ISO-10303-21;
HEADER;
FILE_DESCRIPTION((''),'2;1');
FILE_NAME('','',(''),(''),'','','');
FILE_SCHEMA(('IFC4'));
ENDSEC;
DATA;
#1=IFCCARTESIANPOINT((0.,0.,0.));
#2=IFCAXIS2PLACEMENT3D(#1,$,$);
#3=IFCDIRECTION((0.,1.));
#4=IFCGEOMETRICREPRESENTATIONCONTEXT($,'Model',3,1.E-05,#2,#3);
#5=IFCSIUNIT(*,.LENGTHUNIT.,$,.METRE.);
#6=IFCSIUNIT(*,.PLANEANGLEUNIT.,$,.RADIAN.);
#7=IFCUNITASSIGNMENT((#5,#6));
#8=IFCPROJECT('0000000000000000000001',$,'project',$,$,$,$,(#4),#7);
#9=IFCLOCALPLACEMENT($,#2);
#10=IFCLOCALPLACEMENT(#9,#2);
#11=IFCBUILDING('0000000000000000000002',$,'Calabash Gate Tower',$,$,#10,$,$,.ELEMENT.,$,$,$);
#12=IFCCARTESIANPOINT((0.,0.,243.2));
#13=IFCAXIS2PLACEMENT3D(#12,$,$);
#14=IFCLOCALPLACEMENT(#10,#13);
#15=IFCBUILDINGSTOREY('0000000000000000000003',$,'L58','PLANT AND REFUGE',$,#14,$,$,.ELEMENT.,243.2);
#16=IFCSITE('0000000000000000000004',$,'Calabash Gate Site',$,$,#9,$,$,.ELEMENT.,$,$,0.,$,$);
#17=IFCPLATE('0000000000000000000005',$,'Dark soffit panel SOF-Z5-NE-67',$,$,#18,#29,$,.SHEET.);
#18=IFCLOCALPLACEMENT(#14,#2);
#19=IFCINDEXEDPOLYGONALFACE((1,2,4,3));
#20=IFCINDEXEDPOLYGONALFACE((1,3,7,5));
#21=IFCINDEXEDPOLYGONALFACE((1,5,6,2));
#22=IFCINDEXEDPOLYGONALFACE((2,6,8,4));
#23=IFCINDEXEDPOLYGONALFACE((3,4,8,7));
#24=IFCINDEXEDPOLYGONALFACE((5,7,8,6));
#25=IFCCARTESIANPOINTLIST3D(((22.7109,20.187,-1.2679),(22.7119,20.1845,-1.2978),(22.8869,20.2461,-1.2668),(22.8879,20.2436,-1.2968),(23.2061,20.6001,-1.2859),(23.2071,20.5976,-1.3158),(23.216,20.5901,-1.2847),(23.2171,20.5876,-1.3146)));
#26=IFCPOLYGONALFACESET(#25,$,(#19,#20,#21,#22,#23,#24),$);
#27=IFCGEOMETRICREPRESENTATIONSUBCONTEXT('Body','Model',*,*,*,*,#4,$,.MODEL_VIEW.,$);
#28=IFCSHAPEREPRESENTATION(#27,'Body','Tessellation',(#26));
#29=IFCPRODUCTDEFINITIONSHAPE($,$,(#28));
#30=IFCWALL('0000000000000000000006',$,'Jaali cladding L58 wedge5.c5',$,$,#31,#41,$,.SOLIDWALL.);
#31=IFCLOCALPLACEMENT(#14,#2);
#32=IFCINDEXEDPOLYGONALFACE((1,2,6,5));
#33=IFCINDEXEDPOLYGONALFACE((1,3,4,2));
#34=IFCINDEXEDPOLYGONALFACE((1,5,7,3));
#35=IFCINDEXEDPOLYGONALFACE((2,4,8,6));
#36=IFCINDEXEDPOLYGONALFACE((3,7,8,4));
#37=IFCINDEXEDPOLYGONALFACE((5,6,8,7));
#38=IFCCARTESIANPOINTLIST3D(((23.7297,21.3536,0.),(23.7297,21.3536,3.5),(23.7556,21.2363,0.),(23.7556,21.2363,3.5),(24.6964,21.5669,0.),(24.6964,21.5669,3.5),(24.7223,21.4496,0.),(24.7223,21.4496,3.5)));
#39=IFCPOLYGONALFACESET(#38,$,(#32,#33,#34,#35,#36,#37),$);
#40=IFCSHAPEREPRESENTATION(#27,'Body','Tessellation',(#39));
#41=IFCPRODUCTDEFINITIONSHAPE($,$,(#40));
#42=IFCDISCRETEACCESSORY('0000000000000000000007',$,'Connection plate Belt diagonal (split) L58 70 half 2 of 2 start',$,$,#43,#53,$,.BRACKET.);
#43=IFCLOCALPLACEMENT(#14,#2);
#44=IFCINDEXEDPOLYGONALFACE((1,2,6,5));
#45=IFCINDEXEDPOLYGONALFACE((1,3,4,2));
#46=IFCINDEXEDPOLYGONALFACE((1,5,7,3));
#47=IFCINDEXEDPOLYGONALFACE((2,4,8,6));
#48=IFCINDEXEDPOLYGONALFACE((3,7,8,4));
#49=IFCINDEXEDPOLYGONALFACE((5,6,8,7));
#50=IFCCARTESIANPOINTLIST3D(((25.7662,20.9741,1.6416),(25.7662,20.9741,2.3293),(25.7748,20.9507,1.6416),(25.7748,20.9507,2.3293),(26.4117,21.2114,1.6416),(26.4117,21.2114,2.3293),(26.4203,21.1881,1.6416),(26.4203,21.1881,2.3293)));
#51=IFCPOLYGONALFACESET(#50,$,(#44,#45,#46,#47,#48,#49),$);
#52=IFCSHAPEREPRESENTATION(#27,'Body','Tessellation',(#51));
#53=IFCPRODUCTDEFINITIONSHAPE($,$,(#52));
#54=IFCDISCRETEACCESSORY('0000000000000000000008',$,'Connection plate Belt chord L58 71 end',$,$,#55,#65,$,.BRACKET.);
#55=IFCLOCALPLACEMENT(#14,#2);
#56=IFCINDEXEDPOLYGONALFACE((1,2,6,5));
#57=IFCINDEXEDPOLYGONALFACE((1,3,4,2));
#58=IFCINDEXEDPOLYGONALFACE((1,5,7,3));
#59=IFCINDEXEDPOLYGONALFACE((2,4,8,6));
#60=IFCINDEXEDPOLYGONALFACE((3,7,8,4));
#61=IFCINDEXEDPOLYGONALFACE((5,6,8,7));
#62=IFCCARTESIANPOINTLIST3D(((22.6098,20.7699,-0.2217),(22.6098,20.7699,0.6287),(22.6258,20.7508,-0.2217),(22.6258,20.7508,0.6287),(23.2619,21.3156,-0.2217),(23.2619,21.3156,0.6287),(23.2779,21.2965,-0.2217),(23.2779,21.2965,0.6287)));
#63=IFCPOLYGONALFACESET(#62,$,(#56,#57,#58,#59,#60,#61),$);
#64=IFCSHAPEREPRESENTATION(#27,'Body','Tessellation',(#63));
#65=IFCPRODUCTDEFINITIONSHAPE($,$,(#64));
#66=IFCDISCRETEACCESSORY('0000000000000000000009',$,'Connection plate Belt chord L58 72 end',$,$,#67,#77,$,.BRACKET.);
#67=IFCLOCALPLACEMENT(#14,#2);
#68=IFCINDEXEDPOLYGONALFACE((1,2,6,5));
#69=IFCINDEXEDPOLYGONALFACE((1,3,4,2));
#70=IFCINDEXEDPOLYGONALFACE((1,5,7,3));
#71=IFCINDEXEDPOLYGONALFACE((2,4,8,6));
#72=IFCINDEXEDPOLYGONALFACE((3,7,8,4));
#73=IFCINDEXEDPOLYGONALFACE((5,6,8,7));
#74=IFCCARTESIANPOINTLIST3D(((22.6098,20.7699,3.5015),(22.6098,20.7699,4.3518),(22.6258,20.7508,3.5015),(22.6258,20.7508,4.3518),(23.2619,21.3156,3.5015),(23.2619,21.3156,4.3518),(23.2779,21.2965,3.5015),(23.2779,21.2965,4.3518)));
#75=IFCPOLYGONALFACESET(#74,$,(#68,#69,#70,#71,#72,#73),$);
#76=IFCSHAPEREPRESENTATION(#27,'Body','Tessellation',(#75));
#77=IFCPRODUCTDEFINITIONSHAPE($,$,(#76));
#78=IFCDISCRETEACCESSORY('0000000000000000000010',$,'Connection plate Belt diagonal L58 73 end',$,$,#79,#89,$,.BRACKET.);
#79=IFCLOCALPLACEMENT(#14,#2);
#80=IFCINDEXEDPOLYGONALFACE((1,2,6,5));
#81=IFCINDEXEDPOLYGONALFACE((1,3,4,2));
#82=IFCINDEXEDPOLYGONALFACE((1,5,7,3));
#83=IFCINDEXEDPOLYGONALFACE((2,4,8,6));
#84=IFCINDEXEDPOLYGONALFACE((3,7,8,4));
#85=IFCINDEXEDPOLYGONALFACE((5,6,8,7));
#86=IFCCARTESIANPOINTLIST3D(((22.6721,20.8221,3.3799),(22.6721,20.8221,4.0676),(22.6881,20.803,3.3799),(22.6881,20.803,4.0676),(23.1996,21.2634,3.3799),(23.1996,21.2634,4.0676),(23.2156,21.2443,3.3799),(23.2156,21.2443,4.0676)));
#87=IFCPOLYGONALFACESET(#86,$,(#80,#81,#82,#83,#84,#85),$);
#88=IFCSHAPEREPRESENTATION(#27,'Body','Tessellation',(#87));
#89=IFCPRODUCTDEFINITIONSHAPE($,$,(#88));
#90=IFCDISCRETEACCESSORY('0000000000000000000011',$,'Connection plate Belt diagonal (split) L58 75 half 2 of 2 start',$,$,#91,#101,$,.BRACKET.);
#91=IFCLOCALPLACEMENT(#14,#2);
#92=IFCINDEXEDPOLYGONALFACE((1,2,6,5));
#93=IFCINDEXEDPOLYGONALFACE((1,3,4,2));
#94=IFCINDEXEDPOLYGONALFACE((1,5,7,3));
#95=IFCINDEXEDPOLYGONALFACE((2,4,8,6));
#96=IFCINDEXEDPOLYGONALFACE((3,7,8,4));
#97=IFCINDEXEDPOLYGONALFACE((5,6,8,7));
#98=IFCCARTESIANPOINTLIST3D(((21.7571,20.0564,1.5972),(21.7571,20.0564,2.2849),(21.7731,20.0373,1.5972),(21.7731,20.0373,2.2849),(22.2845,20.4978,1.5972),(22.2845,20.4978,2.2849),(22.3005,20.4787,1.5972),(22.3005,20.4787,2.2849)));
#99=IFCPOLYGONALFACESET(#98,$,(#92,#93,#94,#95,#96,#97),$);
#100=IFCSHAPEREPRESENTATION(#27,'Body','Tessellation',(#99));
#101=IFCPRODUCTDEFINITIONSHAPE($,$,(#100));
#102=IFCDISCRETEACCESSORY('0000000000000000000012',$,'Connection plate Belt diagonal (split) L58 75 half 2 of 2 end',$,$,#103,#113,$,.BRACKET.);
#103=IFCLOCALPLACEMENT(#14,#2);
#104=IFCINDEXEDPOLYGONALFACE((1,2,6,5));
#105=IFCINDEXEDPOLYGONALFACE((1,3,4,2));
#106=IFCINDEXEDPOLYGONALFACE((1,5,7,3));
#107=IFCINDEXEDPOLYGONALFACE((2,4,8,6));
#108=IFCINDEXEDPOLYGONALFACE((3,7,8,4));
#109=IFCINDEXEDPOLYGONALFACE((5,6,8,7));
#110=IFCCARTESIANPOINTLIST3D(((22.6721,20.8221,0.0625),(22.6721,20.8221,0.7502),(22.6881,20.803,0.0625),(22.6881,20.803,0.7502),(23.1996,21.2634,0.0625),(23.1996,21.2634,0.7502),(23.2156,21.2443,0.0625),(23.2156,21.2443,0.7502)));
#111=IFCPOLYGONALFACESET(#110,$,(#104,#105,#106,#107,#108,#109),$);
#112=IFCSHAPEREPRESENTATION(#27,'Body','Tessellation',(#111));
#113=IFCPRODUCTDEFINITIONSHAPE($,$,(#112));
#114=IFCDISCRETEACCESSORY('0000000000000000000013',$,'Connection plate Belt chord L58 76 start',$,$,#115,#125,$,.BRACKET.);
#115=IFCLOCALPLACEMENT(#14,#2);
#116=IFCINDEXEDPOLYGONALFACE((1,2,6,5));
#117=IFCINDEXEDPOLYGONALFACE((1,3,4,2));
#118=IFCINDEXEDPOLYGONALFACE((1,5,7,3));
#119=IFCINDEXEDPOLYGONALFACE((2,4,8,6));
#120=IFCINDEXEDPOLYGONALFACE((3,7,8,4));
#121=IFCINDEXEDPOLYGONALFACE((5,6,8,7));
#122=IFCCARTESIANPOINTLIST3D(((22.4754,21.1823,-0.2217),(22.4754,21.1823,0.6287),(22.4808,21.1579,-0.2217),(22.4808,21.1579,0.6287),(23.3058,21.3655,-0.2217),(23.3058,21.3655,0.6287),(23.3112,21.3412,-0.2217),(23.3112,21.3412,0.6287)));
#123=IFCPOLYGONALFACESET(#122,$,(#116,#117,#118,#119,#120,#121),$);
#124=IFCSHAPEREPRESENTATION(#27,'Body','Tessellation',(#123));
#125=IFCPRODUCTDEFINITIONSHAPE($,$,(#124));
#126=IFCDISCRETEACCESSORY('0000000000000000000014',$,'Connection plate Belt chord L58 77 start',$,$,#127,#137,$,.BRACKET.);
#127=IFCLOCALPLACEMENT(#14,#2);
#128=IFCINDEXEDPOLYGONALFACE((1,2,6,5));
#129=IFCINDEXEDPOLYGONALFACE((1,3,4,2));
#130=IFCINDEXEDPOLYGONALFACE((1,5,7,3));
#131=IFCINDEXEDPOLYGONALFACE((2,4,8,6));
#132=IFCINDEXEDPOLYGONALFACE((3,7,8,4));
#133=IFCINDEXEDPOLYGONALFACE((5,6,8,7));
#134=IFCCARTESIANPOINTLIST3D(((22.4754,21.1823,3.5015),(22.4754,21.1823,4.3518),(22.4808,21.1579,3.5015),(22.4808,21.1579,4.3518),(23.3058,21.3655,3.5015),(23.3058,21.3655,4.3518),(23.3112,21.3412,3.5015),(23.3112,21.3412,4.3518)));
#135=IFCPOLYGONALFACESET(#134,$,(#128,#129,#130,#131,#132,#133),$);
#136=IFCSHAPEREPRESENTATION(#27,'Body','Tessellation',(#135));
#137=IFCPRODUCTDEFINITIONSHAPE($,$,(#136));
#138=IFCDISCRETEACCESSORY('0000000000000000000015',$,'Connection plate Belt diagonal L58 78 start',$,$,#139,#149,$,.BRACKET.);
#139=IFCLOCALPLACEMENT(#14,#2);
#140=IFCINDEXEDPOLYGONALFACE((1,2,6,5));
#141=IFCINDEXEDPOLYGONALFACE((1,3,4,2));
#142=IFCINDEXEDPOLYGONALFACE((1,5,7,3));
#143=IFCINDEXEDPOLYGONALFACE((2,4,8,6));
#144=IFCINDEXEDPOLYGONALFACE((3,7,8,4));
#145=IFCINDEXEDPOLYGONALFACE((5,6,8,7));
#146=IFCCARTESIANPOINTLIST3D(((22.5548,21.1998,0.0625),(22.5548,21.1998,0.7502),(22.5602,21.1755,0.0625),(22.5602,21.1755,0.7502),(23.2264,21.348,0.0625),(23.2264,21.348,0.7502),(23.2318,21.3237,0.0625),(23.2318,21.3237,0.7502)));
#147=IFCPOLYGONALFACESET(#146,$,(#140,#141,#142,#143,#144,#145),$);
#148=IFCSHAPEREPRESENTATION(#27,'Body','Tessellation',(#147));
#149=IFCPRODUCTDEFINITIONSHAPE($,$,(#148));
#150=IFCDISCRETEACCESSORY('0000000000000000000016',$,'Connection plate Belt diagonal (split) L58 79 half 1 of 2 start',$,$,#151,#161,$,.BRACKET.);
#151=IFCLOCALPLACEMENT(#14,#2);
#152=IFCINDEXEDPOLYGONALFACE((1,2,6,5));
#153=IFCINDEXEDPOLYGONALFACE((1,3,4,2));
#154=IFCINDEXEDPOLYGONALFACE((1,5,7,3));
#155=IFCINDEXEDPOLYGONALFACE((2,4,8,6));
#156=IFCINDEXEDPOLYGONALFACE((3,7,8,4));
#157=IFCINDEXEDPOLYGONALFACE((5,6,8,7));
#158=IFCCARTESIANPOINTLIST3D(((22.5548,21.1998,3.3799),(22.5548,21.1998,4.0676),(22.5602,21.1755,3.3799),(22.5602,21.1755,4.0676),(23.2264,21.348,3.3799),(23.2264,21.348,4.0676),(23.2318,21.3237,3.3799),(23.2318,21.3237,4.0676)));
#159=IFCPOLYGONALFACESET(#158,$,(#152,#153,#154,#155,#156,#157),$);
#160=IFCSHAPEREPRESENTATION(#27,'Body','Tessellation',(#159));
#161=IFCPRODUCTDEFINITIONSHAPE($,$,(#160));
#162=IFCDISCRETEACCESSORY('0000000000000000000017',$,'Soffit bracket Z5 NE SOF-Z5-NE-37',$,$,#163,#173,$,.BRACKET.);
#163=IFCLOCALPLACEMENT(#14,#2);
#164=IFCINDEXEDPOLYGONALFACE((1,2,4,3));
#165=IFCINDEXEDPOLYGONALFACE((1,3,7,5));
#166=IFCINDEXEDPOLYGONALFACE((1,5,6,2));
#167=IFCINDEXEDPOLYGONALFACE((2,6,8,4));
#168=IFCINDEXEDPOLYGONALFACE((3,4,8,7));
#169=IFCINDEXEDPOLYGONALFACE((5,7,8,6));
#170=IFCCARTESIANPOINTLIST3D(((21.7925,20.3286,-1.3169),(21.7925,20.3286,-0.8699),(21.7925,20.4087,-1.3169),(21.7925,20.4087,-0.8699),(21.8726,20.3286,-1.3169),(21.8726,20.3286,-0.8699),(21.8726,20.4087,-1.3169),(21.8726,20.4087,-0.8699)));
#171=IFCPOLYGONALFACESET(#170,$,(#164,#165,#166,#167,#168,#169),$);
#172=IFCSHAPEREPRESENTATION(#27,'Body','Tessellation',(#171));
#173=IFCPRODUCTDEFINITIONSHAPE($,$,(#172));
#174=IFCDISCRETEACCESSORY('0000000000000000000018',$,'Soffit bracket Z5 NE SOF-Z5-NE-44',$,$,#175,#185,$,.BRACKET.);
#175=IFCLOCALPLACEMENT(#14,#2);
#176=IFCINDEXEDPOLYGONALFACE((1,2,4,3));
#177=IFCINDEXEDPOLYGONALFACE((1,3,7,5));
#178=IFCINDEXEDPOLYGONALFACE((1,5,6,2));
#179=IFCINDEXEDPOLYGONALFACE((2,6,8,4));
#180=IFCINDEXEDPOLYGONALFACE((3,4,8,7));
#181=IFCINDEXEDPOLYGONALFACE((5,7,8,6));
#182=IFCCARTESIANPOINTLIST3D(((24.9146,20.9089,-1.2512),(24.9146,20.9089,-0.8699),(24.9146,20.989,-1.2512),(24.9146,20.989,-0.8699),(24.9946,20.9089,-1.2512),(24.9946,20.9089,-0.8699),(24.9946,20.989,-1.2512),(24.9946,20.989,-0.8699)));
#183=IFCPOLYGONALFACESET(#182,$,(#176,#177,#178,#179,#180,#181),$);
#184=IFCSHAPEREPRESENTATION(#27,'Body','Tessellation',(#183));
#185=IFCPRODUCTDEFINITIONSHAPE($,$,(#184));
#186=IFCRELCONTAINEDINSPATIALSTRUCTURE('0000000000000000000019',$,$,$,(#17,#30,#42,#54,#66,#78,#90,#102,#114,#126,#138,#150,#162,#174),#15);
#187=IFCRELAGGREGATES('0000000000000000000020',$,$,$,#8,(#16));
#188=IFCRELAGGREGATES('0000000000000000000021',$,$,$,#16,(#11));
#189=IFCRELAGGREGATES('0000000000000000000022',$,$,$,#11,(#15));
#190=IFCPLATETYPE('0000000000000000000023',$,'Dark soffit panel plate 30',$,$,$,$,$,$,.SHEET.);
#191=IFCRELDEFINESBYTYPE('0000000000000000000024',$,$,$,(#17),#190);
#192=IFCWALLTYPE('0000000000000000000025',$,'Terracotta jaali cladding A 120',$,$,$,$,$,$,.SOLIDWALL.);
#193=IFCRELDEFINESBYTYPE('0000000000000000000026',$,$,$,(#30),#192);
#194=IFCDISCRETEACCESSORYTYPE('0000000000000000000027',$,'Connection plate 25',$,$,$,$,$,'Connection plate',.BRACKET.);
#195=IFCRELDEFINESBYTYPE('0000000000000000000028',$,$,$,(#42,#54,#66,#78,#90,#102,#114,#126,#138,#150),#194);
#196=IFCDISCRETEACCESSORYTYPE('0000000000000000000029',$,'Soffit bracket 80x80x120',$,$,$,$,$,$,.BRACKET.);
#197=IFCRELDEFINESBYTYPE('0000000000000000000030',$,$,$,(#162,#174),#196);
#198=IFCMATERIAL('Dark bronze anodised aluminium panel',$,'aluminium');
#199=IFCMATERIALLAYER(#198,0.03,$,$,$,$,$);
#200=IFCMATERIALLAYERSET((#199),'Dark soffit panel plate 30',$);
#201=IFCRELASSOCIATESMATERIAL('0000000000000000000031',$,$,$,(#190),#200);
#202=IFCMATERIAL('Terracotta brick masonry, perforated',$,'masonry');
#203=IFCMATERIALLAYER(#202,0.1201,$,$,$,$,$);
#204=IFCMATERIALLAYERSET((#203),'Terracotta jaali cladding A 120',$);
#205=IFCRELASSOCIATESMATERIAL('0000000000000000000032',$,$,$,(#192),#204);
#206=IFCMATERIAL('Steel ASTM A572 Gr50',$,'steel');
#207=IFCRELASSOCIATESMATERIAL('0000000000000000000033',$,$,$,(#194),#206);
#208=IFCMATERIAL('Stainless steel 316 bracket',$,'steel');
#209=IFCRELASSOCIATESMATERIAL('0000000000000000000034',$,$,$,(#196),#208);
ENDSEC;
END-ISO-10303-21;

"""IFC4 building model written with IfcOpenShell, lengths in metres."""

from ifc_helpers import new_model, si_unit, direction, frame, frame_2d, origin, origin_2d, place, context, subcontext, project, spatial, polyline, rectangle, outline, extrude, material, layer, layer_set, type_object, element, save


model = new_model("IFC4")

# Units and contexts
model_context = context("Model", 3, precision=1e-05, world=origin(), true_north=direction((0.0, 1.0)))
body_context = subcontext(model_context, "Body", "Model", "MODEL_VIEW")
ifc_project = project(units=[si_unit("LENGTHUNIT", "METRE"), si_unit("PLANEANGLEUNIT", "RADIAN")], contexts=[model_context])

# Site, building, storey
site_placement = place(None, origin())
site = spatial("IfcSite", under=ifc_project, at=site_placement, Name="Calabash Gate Site", CompositionType="ELEMENT", RefElevation=0.0)
building_placement = place(site_placement, origin())
building = spatial("IfcBuilding", under=site, at=building_placement, Name="Calabash Gate Tower", CompositionType="ELEMENT")
storey_placement = place(building_placement, frame((0.0, 0.0, 243.2)))
storey = spatial("IfcBuildingStorey", under=building, at=storey_placement, Name="L58", Description="PLANT AND REFUGE", CompositionType="ELEMENT", Elevation=243.2)

# Plate
ifc_material_1 = material(Name="Dark bronze anodised aluminium panel", Category="aluminium")
ifc_layer_1 = layer(ifc_material_1, 0.03)
ifc_layer_set_1 = layer_set([ifc_layer_1], Name="Dark soffit panel plate 30")
plate_type_1 = type_object("IfcPlateType", Name="Dark soffit panel plate 30", PredefinedType="SHEET", material=ifc_layer_set_1)
plate_1_placement = place(storey_placement, frame((23.2061, 20.6001, -1.2859), z_axis=(-0.03397, 0.084191, 0.99587), x_axis=(0.705004, -0.70426, 0.083587)))
element("IfcPlate", 1, at=plate_1_placement, inside=storey, type_object=plate_type_1, Name="Dark soffit panel SOF-Z5-NE-67", PredefinedType="SHEET", context=body_context, shape_type="SweptSolid", body=[
    extrude(outline(polyline([(0.0, 0.0), (0.0142, 0.0), (0.0259, -0.4763), (-0.0566, -0.6426), (0.0, 0.0)])), origin(), (0.0, 0.0, -1.0), 0.03),
])

# Wall
ifc_material_2 = material(Name="Terracotta brick masonry, perforated", Category="masonry")
ifc_layer_2 = layer(ifc_material_2, 0.1201)
ifc_layer_set_2 = layer_set([ifc_layer_2], Name="Terracotta jaali cladding A 120")
wall_type = type_object("IfcWallType", Name="Terracotta jaali cladding A 120", PredefinedType="SOLIDWALL", material=ifc_layer_set_2)
wall_placement = place(storey_placement, frame((24.7095, 21.5083, 0.0), z_axis=(0.0, 0.0, 1.0), x_axis=(-0.976499, -0.21552, 0.0)))
element("IfcWall", 2, at=wall_placement, inside=storey, type_object=wall_type, Name="Jaali cladding L58 wedge5.c5", PredefinedType="SOLIDWALL", context=body_context, shape_type="SweptSolid", body=[
    extrude(rectangle(XDim=0.99, YDim=0.1201, at=frame_2d((0.4951, 0.0))), origin(), (0.0, 0.0, 1.0), 3.5),
])

# Discrete accessories
ifc_material_3 = material(Name="Steel ASTM A572 Gr50", Category="steel")
discrete_accessory_type_1 = type_object("IfcDiscreteAccessoryType", Name="Connection plate 25", ElementType="Connection plate", PredefinedType="BRACKET", material=ifc_material_3)
discrete_accessory_1_placement = place(storey_placement, frame((26.0933, 21.0811, 1.6416), z_axis=(0.0, 0.0, 1.0), x_axis=(-0.938551, -0.34514, 0.0)))
element("IfcDiscreteAccessory", 3, at=discrete_accessory_1_placement, inside=storey, type_object=discrete_accessory_type_1, Name="Connection plate Belt diagonal (split) L58 70 half 2 of 2 start", PredefinedType="BRACKET", context=body_context, shape_type="SweptSolid", body=[
    extrude(rectangle(XDim=0.6877, YDim=0.0249, at=origin_2d()), origin(), (0.0, 0.0, 1.0), 0.6877),
])
for number, where, z_axis, x_axis, name in (
    (4, (22.9438, 21.0332, -0.2217), (0.0, 0.0, 1.0), (0.766904, 0.641762, 0.0), "Connection plate Belt chord L58 71 end"),
    (5, (22.9438, 21.0332, 3.5015), (0.0, 0.0, 1.0), (0.766904, 0.641762, 0.0), "Connection plate Belt chord L58 72 end"),
):
    element("IfcDiscreteAccessory", number, at=place(storey_placement, frame(where, z_axis=z_axis, x_axis=x_axis)), inside=storey, type_object=discrete_accessory_type_1, Name=name, PredefinedType="BRACKET", context=body_context, shape_type="SweptSolid", body=[
        extrude(rectangle(XDim=0.8503, YDim=0.0249, at=origin_2d()), origin(), (0.0, 0.0, 1.0), 0.8503),
    ])
for number, where, z_axis, x_axis, name in (
    (6, (22.9438, 21.0332, 3.3799), (0.0, 0.0, 1.0), (0.766904, 0.641762, 0.0), "Connection plate Belt diagonal L58 73 end"),
    (7, (22.0288, 20.2676, 1.5972), (0.0, 0.0, 1.0), (0.766903, 0.641763, 0.0), "Connection plate Belt diagonal (split) L58 75 half 2 of 2 start"),
    (8, (22.9438, 21.0332, 0.0625), (0.0, 0.0, 1.0), (0.766903, 0.641763, 0.0), "Connection plate Belt diagonal (split) L58 75 half 2 of 2 end"),
):
    element("IfcDiscreteAccessory", number, at=place(storey_placement, frame(where, z_axis=z_axis, x_axis=x_axis)), inside=storey, type_object=discrete_accessory_type_1, Name=name, PredefinedType="BRACKET", context=body_context, shape_type="SweptSolid", body=[
        extrude(rectangle(XDim=0.6877, YDim=0.0249, at=origin_2d()), origin(), (0.0, 0.0, 1.0), 0.6877),
    ])
for number, where, z_axis, x_axis, name in (
    (9, (22.8933, 21.2617, -0.2217), (0.0, 0.0, 1.0), (-0.976511, -0.215468, 0.0), "Connection plate Belt chord L58 76 start"),
    (10, (22.8933, 21.2617, 3.5015), (0.0, 0.0, 1.0), (-0.976511, -0.215468, 0.0), "Connection plate Belt chord L58 77 start"),
):
    element("IfcDiscreteAccessory", number, at=place(storey_placement, frame(where, z_axis=z_axis, x_axis=x_axis)), inside=storey, type_object=discrete_accessory_type_1, Name=name, PredefinedType="BRACKET", context=body_context, shape_type="SweptSolid", body=[
        extrude(rectangle(XDim=0.8503, YDim=0.0249, at=origin_2d()), origin(), (0.0, 0.0, 1.0), 0.8503),
    ])
for number, where, z_axis, x_axis, name in (
    (11, (22.8933, 21.2617, 0.0625), (0.0, 0.0, 1.0), (-0.976511, -0.215468, 0.0), "Connection plate Belt diagonal L58 78 start"),
    (12, (22.8933, 21.2617, 3.3799), (0.0, 0.0, 1.0), (-0.976511, -0.215468, 0.0), "Connection plate Belt diagonal (split) L58 79 half 1 of 2 start"),
):
    element("IfcDiscreteAccessory", number, at=place(storey_placement, frame(where, z_axis=z_axis, x_axis=x_axis)), inside=storey, type_object=discrete_accessory_type_1, Name=name, PredefinedType="BRACKET", context=body_context, shape_type="SweptSolid", body=[
        extrude(rectangle(XDim=0.6877, YDim=0.0249, at=origin_2d()), origin(), (0.0, 0.0, 1.0), 0.6877),
    ])
ifc_material_4 = material(Name="Stainless steel 316 bracket", Category="steel")
discrete_accessory_type_2 = type_object("IfcDiscreteAccessoryType", Name="Soffit bracket 80x80x120", PredefinedType="BRACKET", material=ifc_material_4)
discrete_accessory_2_placement = place(storey_placement, frame((21.8325, 20.3687, -1.3169), z_axis=(0.0, 0.0, 1.0), x_axis=(1.0, 0.0, 0.0)))
element("IfcDiscreteAccessory", 13, at=discrete_accessory_2_placement, inside=storey, type_object=discrete_accessory_type_2, Name="Soffit bracket Z5 NE SOF-Z5-NE-37", PredefinedType="BRACKET", context=body_context, shape_type="SweptSolid", body=[
    extrude(rectangle(XDim=0.0801, YDim=0.0801, at=origin_2d()), origin(), (0.0, 0.0, 1.0), 0.447),
])
discrete_accessory_3_placement = place(storey_placement, frame((24.9546, 20.949, -1.2512), z_axis=(0.0, 0.0, 1.0), x_axis=(1.0, 0.0, 0.0)))
element("IfcDiscreteAccessory", 14, at=discrete_accessory_3_placement, inside=storey, type_object=discrete_accessory_type_2, Name="Soffit bracket Z5 NE SOF-Z5-NE-44", PredefinedType="BRACKET", context=body_context, shape_type="SweptSolid", body=[
    extrude(rectangle(XDim=0.0801, YDim=0.0801, at=origin_2d()), origin(), (0.0, 0.0, 1.0), 0.3813),
])

save(model, "model.ifc")
